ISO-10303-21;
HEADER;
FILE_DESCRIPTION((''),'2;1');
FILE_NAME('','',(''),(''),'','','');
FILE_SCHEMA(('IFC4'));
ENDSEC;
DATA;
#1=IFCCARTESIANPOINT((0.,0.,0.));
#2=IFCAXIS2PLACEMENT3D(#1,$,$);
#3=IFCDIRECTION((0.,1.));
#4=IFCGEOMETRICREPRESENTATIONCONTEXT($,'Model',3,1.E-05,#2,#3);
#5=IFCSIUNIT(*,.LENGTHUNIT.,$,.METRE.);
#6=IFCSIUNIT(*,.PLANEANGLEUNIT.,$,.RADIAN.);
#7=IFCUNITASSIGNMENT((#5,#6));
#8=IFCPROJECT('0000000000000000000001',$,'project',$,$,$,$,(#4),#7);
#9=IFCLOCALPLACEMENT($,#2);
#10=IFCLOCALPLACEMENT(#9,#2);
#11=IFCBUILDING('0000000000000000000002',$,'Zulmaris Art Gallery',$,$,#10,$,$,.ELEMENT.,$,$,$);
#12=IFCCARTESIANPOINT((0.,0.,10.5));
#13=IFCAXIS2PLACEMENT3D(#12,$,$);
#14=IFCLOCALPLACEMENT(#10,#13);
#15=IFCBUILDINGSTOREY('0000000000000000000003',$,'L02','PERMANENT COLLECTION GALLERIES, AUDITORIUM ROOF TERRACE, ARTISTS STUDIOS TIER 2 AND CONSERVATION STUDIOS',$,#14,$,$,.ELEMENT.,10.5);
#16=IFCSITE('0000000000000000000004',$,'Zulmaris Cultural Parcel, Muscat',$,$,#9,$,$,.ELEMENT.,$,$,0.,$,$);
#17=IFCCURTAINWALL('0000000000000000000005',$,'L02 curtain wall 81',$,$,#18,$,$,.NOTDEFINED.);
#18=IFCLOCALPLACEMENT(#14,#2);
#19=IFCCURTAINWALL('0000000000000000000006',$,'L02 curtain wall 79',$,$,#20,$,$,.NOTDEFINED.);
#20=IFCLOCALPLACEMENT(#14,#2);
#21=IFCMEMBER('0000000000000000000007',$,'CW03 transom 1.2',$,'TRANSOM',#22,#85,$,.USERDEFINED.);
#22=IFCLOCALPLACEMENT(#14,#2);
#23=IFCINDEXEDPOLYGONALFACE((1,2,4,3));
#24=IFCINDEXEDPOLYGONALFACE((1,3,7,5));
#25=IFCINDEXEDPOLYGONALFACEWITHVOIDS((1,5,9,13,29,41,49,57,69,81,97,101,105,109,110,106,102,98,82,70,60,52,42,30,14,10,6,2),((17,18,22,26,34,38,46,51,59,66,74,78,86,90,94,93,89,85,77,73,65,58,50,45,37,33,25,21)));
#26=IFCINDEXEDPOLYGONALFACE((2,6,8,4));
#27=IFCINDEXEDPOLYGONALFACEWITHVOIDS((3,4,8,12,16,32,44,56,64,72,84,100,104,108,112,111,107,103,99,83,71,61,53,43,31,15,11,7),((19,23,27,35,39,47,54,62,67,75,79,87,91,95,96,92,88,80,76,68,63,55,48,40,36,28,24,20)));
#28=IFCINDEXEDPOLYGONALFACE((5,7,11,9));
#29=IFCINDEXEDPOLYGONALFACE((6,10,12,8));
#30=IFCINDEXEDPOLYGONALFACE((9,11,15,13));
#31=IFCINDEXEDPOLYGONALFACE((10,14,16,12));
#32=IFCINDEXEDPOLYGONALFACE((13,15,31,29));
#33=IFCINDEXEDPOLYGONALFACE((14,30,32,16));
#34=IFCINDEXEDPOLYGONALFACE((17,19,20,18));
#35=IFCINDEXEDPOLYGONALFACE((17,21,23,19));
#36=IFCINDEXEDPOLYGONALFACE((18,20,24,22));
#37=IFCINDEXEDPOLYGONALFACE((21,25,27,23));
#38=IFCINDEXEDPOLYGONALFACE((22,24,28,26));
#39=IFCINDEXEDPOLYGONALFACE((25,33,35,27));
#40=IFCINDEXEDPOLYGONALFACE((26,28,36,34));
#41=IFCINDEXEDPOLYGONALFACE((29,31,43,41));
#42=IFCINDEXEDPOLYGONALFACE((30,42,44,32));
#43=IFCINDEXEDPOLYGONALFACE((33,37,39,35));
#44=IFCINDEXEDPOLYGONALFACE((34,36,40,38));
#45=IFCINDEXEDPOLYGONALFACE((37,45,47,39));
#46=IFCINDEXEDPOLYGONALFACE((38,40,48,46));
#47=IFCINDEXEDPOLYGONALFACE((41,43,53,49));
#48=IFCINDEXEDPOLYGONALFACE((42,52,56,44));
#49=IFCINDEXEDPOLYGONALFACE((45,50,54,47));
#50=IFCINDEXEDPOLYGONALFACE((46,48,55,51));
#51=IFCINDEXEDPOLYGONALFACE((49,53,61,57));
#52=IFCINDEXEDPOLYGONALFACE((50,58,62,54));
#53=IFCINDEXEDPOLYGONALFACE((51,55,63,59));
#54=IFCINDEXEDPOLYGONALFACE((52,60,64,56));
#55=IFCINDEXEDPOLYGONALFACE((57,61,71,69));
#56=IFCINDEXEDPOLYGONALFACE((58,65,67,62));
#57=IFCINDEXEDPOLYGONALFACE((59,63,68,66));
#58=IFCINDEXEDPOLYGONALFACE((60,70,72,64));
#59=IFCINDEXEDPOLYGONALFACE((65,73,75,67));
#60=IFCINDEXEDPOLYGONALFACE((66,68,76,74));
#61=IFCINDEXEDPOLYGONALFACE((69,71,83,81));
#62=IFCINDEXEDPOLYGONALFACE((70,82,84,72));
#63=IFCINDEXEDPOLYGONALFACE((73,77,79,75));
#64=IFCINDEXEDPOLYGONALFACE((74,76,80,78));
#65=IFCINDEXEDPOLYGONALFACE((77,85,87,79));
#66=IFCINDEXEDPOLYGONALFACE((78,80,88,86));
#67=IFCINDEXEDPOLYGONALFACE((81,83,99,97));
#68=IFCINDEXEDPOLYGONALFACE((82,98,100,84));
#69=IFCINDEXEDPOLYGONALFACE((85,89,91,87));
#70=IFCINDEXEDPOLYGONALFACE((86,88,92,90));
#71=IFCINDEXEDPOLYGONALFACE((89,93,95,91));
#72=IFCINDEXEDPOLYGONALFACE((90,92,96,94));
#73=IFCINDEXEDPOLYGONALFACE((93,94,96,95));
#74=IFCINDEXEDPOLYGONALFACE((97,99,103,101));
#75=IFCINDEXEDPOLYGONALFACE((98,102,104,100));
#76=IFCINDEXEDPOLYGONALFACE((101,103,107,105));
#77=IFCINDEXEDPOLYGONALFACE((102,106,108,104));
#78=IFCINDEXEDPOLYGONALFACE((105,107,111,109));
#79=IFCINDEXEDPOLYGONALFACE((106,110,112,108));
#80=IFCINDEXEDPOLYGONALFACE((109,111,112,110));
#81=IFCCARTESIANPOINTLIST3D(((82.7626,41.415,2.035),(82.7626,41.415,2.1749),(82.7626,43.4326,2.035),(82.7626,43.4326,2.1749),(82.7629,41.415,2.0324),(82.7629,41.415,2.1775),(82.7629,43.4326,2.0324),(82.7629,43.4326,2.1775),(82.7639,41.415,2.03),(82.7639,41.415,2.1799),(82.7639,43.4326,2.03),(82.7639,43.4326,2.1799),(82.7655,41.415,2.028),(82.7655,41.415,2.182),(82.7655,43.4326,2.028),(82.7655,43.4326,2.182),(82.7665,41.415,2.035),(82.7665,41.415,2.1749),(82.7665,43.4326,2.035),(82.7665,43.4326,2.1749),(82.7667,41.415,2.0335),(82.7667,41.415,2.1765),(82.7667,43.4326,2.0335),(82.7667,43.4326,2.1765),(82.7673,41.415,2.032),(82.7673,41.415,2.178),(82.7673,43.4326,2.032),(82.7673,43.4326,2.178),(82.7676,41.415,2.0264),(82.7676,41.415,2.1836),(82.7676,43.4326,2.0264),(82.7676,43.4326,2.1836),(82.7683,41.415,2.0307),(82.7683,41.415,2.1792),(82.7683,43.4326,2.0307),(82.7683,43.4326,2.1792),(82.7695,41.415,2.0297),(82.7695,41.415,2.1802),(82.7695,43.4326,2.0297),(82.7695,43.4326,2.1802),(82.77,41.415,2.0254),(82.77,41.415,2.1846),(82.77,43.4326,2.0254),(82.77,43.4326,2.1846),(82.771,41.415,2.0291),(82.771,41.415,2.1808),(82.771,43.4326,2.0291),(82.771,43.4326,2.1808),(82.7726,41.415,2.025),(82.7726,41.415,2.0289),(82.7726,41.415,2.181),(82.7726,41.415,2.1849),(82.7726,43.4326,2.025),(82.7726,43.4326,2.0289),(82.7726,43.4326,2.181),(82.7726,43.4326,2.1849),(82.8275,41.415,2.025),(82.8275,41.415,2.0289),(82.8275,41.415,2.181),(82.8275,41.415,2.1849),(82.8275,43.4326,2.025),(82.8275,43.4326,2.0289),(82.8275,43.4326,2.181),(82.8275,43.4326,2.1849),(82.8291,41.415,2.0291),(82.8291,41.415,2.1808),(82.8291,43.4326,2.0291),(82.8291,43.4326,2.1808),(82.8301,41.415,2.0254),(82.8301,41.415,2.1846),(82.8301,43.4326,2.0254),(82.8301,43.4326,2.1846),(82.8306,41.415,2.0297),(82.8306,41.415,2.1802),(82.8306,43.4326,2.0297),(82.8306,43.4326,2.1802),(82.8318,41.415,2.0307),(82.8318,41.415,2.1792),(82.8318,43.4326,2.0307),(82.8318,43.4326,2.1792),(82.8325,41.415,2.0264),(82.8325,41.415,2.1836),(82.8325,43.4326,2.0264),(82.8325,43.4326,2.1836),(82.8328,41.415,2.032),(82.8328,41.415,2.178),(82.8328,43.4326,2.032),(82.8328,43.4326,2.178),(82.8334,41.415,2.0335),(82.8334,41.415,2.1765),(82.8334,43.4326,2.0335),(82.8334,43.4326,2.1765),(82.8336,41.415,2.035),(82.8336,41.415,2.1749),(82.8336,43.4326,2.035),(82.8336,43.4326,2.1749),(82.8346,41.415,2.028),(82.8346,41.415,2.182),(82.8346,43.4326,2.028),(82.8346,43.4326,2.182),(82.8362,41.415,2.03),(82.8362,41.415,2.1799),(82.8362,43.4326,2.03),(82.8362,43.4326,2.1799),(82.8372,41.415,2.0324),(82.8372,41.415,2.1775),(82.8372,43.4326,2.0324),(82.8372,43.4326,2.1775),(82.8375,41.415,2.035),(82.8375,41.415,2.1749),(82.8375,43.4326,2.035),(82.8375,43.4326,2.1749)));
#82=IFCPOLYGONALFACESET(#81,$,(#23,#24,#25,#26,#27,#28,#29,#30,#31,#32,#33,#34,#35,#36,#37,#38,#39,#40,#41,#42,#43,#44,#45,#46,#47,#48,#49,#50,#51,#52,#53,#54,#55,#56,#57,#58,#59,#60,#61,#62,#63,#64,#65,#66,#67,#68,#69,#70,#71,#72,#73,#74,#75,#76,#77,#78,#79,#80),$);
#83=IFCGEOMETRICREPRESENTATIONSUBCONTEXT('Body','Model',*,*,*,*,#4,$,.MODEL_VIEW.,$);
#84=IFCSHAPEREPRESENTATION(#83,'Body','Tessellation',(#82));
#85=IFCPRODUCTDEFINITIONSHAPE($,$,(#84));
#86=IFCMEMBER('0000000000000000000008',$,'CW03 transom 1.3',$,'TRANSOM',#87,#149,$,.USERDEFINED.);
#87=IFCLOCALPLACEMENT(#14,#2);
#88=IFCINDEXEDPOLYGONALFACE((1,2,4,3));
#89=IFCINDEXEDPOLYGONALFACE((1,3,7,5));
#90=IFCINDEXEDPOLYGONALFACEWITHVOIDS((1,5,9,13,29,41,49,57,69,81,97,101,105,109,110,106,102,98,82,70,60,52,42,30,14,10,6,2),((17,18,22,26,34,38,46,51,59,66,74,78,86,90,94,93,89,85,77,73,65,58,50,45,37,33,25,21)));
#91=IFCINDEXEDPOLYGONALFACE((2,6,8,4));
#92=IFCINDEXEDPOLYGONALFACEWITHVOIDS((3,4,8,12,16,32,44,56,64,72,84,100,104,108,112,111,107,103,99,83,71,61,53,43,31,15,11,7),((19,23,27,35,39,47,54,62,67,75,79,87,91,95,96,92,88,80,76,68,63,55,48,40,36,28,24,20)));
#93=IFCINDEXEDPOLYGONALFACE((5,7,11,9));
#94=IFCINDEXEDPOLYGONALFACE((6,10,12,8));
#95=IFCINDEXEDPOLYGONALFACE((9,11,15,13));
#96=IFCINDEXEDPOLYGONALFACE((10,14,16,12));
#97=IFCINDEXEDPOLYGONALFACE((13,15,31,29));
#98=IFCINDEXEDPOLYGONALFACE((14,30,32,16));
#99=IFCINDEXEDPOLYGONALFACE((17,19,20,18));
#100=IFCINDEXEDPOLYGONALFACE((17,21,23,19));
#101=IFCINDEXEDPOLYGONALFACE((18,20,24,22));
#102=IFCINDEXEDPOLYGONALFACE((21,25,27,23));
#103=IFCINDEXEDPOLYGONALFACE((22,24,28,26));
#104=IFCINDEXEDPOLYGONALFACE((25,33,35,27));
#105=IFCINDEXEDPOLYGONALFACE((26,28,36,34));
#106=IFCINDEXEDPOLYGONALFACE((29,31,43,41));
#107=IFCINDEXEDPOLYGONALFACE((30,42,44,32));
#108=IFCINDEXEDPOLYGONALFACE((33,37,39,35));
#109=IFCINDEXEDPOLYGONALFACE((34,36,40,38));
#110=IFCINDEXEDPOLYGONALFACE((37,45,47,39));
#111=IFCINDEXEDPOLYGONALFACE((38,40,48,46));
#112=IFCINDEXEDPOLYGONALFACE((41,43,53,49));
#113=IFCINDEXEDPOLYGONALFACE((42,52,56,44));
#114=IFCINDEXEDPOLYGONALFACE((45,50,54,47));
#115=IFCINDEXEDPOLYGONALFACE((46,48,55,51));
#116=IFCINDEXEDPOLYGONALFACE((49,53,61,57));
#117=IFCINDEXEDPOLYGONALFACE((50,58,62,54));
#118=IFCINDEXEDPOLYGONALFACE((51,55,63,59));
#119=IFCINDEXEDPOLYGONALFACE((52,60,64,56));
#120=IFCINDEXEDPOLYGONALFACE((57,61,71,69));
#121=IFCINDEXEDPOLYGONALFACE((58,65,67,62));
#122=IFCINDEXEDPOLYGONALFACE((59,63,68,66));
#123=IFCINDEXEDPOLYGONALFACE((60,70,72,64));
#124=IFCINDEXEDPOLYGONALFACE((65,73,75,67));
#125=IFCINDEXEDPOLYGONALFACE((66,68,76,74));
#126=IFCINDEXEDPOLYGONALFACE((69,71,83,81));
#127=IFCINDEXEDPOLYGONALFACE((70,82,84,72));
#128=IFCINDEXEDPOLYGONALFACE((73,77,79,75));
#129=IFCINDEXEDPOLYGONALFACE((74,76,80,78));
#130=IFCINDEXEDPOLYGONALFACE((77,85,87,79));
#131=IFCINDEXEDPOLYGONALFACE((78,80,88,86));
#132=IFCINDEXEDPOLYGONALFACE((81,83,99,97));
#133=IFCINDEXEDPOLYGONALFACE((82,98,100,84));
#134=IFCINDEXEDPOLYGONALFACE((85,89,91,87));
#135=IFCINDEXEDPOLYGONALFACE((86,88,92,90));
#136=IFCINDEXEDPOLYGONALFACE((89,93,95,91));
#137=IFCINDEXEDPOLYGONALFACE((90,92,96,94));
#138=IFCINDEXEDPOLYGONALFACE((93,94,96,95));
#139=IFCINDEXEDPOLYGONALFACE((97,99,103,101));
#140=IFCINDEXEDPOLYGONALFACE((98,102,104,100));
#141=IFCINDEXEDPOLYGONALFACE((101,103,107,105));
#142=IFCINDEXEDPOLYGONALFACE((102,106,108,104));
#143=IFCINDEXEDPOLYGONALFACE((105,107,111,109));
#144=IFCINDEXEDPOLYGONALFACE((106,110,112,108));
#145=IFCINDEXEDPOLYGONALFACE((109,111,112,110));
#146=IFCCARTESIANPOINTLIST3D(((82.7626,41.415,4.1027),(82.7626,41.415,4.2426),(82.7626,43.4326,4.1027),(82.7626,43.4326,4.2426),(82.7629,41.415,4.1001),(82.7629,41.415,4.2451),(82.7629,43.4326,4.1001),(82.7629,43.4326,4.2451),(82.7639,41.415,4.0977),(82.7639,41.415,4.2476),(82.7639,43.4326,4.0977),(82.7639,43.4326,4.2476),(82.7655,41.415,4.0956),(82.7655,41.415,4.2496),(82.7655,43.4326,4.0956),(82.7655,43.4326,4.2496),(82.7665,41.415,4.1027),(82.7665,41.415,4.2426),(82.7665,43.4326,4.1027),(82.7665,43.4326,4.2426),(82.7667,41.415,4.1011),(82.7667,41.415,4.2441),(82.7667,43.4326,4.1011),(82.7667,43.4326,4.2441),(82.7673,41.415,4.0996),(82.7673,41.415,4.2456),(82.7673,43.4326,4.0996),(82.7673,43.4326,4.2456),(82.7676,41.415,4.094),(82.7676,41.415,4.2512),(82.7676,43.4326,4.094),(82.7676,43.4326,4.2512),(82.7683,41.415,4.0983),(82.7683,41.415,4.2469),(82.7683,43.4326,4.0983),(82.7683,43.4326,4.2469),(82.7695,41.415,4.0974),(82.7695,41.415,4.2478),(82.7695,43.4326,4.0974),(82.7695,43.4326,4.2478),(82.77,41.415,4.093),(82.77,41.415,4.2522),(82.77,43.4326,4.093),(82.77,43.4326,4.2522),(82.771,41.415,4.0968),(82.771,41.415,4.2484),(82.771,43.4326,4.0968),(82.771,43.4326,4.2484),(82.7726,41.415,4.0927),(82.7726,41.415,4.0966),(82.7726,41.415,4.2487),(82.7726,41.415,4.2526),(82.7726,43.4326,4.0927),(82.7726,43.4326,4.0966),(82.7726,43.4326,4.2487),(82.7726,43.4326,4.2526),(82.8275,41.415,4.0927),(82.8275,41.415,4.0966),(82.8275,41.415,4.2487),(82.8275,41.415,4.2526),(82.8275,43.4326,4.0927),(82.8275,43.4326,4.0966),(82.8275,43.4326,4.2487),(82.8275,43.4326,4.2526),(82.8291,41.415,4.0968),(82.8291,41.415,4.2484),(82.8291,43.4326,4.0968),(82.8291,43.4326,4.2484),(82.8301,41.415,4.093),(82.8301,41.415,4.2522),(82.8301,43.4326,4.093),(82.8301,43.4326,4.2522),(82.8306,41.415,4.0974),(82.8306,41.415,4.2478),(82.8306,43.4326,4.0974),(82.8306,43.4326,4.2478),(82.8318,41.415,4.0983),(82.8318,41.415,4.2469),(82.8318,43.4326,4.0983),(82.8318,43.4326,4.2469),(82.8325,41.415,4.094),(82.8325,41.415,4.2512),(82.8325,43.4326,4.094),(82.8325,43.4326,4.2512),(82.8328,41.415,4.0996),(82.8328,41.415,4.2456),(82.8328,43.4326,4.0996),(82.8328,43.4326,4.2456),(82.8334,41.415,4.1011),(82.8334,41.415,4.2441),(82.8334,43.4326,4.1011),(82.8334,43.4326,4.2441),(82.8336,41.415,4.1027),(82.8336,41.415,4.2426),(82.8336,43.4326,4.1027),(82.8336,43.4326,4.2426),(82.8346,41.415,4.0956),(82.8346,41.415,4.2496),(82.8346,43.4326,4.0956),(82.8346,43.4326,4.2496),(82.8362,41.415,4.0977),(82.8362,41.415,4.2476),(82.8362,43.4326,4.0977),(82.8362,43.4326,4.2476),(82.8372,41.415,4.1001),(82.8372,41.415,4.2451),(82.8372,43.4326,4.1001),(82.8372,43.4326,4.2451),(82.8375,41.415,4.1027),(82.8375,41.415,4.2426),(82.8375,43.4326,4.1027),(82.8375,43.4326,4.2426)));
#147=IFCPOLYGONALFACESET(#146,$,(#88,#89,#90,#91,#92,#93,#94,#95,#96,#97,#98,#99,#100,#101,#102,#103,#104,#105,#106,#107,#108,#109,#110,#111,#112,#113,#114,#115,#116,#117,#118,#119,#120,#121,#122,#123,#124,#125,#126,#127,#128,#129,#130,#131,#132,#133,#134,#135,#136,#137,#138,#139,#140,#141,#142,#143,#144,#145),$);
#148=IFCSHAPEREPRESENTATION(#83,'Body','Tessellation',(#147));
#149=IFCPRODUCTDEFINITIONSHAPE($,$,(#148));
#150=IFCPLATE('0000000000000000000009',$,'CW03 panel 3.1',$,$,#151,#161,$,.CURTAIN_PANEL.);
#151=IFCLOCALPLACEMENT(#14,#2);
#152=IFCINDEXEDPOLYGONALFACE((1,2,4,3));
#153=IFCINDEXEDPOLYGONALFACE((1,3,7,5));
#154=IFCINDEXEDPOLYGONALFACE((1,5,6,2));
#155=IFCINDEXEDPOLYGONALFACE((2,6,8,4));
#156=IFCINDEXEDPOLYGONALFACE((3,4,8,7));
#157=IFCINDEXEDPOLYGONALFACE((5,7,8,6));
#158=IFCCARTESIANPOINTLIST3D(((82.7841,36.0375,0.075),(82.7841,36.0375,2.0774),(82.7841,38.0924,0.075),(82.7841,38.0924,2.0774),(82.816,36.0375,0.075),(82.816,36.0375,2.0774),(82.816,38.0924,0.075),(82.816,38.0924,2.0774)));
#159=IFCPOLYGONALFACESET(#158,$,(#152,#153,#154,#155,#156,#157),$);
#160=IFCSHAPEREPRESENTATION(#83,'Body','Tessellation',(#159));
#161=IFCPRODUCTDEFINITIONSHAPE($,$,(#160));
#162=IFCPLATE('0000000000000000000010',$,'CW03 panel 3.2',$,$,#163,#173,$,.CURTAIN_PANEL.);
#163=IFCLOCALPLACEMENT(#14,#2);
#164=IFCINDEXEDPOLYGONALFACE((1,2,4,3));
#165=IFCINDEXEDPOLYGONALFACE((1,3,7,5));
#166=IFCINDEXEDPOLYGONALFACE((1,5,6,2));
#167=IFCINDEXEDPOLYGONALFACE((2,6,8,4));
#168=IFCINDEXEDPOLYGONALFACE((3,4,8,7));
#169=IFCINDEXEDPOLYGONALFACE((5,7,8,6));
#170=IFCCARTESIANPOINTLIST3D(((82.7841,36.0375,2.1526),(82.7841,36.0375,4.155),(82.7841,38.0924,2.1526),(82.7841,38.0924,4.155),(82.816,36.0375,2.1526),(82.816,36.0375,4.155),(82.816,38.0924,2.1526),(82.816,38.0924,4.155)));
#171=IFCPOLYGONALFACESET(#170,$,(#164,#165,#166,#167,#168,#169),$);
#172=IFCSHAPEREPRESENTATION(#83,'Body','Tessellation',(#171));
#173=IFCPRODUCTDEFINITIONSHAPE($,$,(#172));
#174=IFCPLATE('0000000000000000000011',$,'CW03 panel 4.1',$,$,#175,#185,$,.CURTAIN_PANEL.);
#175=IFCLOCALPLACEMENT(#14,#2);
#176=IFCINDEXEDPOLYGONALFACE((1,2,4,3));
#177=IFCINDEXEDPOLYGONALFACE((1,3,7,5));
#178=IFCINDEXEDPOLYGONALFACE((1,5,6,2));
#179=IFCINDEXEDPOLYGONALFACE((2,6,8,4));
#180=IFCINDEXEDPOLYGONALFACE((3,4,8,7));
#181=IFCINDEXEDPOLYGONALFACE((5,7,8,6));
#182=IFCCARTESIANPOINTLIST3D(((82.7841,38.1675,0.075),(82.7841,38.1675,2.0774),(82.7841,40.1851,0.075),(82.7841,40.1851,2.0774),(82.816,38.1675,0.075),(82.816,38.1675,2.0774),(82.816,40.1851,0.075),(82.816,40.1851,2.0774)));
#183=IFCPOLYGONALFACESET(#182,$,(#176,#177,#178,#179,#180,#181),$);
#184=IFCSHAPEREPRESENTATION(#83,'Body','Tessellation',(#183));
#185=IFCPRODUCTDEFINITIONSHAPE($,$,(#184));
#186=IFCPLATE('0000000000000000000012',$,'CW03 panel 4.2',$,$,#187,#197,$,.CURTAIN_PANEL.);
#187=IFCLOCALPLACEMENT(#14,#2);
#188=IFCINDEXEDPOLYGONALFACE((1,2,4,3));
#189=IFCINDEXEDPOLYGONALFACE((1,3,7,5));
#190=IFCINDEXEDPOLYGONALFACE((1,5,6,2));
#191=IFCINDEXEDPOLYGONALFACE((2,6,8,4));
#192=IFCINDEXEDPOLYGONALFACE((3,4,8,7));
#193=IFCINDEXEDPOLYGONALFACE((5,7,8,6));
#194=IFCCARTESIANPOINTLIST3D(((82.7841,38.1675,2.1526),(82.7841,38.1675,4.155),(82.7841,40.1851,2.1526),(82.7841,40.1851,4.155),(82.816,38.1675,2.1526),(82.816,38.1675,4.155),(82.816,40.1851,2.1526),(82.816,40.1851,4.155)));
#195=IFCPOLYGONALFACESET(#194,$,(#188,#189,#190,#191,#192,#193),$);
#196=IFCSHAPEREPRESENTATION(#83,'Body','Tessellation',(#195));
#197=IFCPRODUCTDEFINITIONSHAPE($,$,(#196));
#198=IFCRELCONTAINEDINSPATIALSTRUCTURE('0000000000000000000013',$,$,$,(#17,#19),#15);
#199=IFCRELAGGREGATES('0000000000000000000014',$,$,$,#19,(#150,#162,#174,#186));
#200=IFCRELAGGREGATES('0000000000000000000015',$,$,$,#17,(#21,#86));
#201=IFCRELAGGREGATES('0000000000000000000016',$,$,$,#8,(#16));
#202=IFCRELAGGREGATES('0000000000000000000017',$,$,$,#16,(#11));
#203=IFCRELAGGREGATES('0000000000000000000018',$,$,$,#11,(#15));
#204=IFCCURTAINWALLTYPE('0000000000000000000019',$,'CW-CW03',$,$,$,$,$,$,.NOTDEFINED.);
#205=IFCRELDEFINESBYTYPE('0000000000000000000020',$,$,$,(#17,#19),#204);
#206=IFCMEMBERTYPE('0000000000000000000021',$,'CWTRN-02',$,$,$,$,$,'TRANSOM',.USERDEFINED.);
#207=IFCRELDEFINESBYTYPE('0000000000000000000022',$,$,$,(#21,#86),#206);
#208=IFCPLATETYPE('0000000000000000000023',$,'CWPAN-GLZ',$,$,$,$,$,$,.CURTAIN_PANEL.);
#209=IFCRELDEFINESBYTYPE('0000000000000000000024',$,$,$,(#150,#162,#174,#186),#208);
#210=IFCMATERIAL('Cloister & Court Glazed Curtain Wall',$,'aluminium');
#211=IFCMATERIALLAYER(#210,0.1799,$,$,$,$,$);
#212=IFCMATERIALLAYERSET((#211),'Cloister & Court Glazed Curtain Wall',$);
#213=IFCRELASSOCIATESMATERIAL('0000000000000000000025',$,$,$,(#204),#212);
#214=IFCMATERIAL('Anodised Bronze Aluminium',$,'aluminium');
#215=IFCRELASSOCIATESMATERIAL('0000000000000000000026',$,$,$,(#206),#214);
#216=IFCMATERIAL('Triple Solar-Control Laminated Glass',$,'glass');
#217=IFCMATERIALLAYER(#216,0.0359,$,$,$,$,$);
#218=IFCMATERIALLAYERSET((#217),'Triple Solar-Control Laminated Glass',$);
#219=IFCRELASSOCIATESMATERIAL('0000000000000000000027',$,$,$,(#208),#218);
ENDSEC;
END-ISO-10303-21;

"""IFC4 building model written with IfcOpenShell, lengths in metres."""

from ifc_helpers import new_model, si_unit, direction, frame, origin, origin_2d, place, context, subcontext, project, spatial, rectangle, hollow_rectangle, extrude, material, layer, layer_set, material_profile, profile_set, type_object, element, aggregate, save


model = new_model("IFC4")

# Units and contexts
model_context = context("Model", 3, precision=1e-05, world=origin(), true_north=direction((0.0, 1.0)))
body_context = subcontext(model_context, "Body", "Model", "MODEL_VIEW")
ifc_project = project(units=[si_unit("LENGTHUNIT", "METRE"), si_unit("PLANEANGLEUNIT", "RADIAN")], contexts=[model_context])

# Site, building, storey
site_placement = place(None, origin())
site = spatial("IfcSite", under=ifc_project, at=site_placement, Name="Zulmaris Cultural Parcel, Muscat", CompositionType="ELEMENT", RefElevation=0.0)
building_placement = place(site_placement, origin())
building = spatial("IfcBuilding", under=site, at=building_placement, Name="Zulmaris Art Gallery", CompositionType="ELEMENT")
storey_placement = place(building_placement, frame((0.0, 0.0, 10.5)))
storey = spatial("IfcBuildingStorey", under=building, at=storey_placement, Name="L02", Description="PERMANENT COLLECTION GALLERIES, AUDITORIUM ROOF TERRACE, ARTISTS STUDIOS TIER 2 AND CONSERVATION STUDIOS", CompositionType="ELEMENT", Elevation=10.5)

# Shared definitions
ifc_material_1 = material(Name="Cloister & Court Glazed Curtain Wall", Category="aluminium")
ifc_layer_1 = layer(ifc_material_1, 0.1799)
ifc_layer_set_1 = layer_set([ifc_layer_1], Name="Cloister & Court Glazed Curtain Wall")
curtain_wall_type = type_object("IfcCurtainWallType", Name="CW-CW03", PredefinedType="NOTDEFINED", material=ifc_layer_set_1)
ifc_material_2 = material(Name="Anodised Bronze Aluminium", Category="aluminium")

# Curtain wall
curtain_wall_1_placement = place(storey_placement, origin())
curtain_wall_1 = element("IfcCurtainWall", 1, at=curtain_wall_1_placement, inside=storey, type_object=curtain_wall_type, Name="L02 curtain wall 81", PredefinedType="NOTDEFINED")

# Curtain wall
curtain_wall_2_placement = place(storey_placement, origin())
curtain_wall_2 = element("IfcCurtainWall", 2, at=curtain_wall_2_placement, inside=storey, type_object=curtain_wall_type, Name="L02 curtain wall 79", PredefinedType="NOTDEFINED")
ifc_material_profile_1 = material_profile(ifc_material_2, hollow_rectangle(XDim=0.075, YDim=0.1599, WallThickness=0.0039, InnerFilletRadius=0.0061, OuterFilletRadius=0.01, at=origin_2d()), Name="ALU 75x160x4")
ifc_profile_set_1 = profile_set([ifc_material_profile_1], Name="Anodised Bronze Aluminium")
member_type_1 = type_object("IfcMemberType", Name="CWTRN-02", ElementType="TRANSOM", PredefinedType="USERDEFINED", material=ifc_profile_set_1)

# Members
member_1_placement = place(storey_placement, frame((82.8, 41.415, 2.105), z_axis=(0.0, 1.0, 0.0), x_axis=(-1.0, 0.0, 0.0)))
member_1 = element("IfcMember", 3, at=member_1_placement, type_object=member_type_1, Name="CW03 transom 1.2", ObjectType="TRANSOM", PredefinedType="USERDEFINED", context=body_context, shape_type="SweptSolid", body=[
    extrude(hollow_rectangle(XDim=0.075, YDim=0.1599, WallThickness=0.0039, InnerFilletRadius=0.0061, OuterFilletRadius=0.01, at=origin_2d()), origin(), (0.0, 0.0, 1.0), 2.0176),
])
member_2_placement = place(storey_placement, frame((82.8, 41.415, 4.1726), z_axis=(0.0, 1.0, 0.0), x_axis=(-1.0, 0.0, 0.0)))
member_2 = element("IfcMember", 4, at=member_2_placement, type_object=member_type_1, Name="CW03 transom 1.3", ObjectType="TRANSOM", PredefinedType="USERDEFINED", context=body_context, shape_type="SweptSolid", body=[
    extrude(hollow_rectangle(XDim=0.075, YDim=0.1599, WallThickness=0.0039, InnerFilletRadius=0.0061, OuterFilletRadius=0.01, at=origin_2d()), origin(), (0.0, 0.0, 1.0), 2.0176),
])

# Plates
ifc_material_3 = material(Name="Triple Solar-Control Laminated Glass", Category="glass")
ifc_layer_2 = layer(ifc_material_3, 0.0359)
ifc_layer_set_2 = layer_set([ifc_layer_2], Name="Triple Solar-Control Laminated Glass")
plate_type = type_object("IfcPlateType", Name="CWPAN-GLZ", PredefinedType="CURTAIN_PANEL", material=ifc_layer_set_2)
plate_1_placement = place(storey_placement, frame((82.8, 37.0649, 0.075), z_axis=(0.0, 0.0, 1.0), x_axis=(0.0, 1.0, 0.0)))
plate_1 = element("IfcPlate", 5, at=plate_1_placement, type_object=plate_type, Name="CW03 panel 3.1", PredefinedType="CURTAIN_PANEL", context=body_context, shape_type="SweptSolid", body=[
    extrude(rectangle(XDim=2.0549, YDim=0.032, at=origin_2d()), origin(), (0.0, 0.0, 1.0), 2.0024),
])
plate_2_placement = place(storey_placement, frame((82.8, 37.0649, 2.1526), z_axis=(0.0, 0.0, 1.0), x_axis=(0.0, 1.0, 0.0)))
plate_2 = element("IfcPlate", 6, at=plate_2_placement, type_object=plate_type, Name="CW03 panel 3.2", PredefinedType="CURTAIN_PANEL", context=body_context, shape_type="SweptSolid", body=[
    extrude(rectangle(XDim=2.0549, YDim=0.032, at=origin_2d()), origin(), (0.0, 0.0, 1.0), 2.0024),
])
plate_3_placement = place(storey_placement, frame((82.8, 39.1763, 0.075), z_axis=(0.0, 0.0, 1.0), x_axis=(0.0, 1.0, 0.0)))
plate_3 = element("IfcPlate", 7, at=plate_3_placement, type_object=plate_type, Name="CW03 panel 4.1", PredefinedType="CURTAIN_PANEL", context=body_context, shape_type="SweptSolid", body=[
    extrude(rectangle(XDim=2.0176, YDim=0.032, at=origin_2d()), origin(), (0.0, 0.0, 1.0), 2.0024),
])
plate_4_placement = place(storey_placement, frame((82.8, 39.1763, 2.1526), z_axis=(0.0, 0.0, 1.0), x_axis=(0.0, 1.0, 0.0)))
plate_4 = element("IfcPlate", 8, at=plate_4_placement, type_object=plate_type, Name="CW03 panel 4.2", PredefinedType="CURTAIN_PANEL", context=body_context, shape_type="SweptSolid", body=[
    extrude(rectangle(XDim=2.0176, YDim=0.032, at=origin_2d()), origin(), (0.0, 0.0, 1.0), 2.0024),
])
aggregate(curtain_wall_2, [plate_1, plate_2, plate_3, plate_4])
aggregate(curtain_wall_1, [member_1, member_2])

save(model, "model.ifc")
